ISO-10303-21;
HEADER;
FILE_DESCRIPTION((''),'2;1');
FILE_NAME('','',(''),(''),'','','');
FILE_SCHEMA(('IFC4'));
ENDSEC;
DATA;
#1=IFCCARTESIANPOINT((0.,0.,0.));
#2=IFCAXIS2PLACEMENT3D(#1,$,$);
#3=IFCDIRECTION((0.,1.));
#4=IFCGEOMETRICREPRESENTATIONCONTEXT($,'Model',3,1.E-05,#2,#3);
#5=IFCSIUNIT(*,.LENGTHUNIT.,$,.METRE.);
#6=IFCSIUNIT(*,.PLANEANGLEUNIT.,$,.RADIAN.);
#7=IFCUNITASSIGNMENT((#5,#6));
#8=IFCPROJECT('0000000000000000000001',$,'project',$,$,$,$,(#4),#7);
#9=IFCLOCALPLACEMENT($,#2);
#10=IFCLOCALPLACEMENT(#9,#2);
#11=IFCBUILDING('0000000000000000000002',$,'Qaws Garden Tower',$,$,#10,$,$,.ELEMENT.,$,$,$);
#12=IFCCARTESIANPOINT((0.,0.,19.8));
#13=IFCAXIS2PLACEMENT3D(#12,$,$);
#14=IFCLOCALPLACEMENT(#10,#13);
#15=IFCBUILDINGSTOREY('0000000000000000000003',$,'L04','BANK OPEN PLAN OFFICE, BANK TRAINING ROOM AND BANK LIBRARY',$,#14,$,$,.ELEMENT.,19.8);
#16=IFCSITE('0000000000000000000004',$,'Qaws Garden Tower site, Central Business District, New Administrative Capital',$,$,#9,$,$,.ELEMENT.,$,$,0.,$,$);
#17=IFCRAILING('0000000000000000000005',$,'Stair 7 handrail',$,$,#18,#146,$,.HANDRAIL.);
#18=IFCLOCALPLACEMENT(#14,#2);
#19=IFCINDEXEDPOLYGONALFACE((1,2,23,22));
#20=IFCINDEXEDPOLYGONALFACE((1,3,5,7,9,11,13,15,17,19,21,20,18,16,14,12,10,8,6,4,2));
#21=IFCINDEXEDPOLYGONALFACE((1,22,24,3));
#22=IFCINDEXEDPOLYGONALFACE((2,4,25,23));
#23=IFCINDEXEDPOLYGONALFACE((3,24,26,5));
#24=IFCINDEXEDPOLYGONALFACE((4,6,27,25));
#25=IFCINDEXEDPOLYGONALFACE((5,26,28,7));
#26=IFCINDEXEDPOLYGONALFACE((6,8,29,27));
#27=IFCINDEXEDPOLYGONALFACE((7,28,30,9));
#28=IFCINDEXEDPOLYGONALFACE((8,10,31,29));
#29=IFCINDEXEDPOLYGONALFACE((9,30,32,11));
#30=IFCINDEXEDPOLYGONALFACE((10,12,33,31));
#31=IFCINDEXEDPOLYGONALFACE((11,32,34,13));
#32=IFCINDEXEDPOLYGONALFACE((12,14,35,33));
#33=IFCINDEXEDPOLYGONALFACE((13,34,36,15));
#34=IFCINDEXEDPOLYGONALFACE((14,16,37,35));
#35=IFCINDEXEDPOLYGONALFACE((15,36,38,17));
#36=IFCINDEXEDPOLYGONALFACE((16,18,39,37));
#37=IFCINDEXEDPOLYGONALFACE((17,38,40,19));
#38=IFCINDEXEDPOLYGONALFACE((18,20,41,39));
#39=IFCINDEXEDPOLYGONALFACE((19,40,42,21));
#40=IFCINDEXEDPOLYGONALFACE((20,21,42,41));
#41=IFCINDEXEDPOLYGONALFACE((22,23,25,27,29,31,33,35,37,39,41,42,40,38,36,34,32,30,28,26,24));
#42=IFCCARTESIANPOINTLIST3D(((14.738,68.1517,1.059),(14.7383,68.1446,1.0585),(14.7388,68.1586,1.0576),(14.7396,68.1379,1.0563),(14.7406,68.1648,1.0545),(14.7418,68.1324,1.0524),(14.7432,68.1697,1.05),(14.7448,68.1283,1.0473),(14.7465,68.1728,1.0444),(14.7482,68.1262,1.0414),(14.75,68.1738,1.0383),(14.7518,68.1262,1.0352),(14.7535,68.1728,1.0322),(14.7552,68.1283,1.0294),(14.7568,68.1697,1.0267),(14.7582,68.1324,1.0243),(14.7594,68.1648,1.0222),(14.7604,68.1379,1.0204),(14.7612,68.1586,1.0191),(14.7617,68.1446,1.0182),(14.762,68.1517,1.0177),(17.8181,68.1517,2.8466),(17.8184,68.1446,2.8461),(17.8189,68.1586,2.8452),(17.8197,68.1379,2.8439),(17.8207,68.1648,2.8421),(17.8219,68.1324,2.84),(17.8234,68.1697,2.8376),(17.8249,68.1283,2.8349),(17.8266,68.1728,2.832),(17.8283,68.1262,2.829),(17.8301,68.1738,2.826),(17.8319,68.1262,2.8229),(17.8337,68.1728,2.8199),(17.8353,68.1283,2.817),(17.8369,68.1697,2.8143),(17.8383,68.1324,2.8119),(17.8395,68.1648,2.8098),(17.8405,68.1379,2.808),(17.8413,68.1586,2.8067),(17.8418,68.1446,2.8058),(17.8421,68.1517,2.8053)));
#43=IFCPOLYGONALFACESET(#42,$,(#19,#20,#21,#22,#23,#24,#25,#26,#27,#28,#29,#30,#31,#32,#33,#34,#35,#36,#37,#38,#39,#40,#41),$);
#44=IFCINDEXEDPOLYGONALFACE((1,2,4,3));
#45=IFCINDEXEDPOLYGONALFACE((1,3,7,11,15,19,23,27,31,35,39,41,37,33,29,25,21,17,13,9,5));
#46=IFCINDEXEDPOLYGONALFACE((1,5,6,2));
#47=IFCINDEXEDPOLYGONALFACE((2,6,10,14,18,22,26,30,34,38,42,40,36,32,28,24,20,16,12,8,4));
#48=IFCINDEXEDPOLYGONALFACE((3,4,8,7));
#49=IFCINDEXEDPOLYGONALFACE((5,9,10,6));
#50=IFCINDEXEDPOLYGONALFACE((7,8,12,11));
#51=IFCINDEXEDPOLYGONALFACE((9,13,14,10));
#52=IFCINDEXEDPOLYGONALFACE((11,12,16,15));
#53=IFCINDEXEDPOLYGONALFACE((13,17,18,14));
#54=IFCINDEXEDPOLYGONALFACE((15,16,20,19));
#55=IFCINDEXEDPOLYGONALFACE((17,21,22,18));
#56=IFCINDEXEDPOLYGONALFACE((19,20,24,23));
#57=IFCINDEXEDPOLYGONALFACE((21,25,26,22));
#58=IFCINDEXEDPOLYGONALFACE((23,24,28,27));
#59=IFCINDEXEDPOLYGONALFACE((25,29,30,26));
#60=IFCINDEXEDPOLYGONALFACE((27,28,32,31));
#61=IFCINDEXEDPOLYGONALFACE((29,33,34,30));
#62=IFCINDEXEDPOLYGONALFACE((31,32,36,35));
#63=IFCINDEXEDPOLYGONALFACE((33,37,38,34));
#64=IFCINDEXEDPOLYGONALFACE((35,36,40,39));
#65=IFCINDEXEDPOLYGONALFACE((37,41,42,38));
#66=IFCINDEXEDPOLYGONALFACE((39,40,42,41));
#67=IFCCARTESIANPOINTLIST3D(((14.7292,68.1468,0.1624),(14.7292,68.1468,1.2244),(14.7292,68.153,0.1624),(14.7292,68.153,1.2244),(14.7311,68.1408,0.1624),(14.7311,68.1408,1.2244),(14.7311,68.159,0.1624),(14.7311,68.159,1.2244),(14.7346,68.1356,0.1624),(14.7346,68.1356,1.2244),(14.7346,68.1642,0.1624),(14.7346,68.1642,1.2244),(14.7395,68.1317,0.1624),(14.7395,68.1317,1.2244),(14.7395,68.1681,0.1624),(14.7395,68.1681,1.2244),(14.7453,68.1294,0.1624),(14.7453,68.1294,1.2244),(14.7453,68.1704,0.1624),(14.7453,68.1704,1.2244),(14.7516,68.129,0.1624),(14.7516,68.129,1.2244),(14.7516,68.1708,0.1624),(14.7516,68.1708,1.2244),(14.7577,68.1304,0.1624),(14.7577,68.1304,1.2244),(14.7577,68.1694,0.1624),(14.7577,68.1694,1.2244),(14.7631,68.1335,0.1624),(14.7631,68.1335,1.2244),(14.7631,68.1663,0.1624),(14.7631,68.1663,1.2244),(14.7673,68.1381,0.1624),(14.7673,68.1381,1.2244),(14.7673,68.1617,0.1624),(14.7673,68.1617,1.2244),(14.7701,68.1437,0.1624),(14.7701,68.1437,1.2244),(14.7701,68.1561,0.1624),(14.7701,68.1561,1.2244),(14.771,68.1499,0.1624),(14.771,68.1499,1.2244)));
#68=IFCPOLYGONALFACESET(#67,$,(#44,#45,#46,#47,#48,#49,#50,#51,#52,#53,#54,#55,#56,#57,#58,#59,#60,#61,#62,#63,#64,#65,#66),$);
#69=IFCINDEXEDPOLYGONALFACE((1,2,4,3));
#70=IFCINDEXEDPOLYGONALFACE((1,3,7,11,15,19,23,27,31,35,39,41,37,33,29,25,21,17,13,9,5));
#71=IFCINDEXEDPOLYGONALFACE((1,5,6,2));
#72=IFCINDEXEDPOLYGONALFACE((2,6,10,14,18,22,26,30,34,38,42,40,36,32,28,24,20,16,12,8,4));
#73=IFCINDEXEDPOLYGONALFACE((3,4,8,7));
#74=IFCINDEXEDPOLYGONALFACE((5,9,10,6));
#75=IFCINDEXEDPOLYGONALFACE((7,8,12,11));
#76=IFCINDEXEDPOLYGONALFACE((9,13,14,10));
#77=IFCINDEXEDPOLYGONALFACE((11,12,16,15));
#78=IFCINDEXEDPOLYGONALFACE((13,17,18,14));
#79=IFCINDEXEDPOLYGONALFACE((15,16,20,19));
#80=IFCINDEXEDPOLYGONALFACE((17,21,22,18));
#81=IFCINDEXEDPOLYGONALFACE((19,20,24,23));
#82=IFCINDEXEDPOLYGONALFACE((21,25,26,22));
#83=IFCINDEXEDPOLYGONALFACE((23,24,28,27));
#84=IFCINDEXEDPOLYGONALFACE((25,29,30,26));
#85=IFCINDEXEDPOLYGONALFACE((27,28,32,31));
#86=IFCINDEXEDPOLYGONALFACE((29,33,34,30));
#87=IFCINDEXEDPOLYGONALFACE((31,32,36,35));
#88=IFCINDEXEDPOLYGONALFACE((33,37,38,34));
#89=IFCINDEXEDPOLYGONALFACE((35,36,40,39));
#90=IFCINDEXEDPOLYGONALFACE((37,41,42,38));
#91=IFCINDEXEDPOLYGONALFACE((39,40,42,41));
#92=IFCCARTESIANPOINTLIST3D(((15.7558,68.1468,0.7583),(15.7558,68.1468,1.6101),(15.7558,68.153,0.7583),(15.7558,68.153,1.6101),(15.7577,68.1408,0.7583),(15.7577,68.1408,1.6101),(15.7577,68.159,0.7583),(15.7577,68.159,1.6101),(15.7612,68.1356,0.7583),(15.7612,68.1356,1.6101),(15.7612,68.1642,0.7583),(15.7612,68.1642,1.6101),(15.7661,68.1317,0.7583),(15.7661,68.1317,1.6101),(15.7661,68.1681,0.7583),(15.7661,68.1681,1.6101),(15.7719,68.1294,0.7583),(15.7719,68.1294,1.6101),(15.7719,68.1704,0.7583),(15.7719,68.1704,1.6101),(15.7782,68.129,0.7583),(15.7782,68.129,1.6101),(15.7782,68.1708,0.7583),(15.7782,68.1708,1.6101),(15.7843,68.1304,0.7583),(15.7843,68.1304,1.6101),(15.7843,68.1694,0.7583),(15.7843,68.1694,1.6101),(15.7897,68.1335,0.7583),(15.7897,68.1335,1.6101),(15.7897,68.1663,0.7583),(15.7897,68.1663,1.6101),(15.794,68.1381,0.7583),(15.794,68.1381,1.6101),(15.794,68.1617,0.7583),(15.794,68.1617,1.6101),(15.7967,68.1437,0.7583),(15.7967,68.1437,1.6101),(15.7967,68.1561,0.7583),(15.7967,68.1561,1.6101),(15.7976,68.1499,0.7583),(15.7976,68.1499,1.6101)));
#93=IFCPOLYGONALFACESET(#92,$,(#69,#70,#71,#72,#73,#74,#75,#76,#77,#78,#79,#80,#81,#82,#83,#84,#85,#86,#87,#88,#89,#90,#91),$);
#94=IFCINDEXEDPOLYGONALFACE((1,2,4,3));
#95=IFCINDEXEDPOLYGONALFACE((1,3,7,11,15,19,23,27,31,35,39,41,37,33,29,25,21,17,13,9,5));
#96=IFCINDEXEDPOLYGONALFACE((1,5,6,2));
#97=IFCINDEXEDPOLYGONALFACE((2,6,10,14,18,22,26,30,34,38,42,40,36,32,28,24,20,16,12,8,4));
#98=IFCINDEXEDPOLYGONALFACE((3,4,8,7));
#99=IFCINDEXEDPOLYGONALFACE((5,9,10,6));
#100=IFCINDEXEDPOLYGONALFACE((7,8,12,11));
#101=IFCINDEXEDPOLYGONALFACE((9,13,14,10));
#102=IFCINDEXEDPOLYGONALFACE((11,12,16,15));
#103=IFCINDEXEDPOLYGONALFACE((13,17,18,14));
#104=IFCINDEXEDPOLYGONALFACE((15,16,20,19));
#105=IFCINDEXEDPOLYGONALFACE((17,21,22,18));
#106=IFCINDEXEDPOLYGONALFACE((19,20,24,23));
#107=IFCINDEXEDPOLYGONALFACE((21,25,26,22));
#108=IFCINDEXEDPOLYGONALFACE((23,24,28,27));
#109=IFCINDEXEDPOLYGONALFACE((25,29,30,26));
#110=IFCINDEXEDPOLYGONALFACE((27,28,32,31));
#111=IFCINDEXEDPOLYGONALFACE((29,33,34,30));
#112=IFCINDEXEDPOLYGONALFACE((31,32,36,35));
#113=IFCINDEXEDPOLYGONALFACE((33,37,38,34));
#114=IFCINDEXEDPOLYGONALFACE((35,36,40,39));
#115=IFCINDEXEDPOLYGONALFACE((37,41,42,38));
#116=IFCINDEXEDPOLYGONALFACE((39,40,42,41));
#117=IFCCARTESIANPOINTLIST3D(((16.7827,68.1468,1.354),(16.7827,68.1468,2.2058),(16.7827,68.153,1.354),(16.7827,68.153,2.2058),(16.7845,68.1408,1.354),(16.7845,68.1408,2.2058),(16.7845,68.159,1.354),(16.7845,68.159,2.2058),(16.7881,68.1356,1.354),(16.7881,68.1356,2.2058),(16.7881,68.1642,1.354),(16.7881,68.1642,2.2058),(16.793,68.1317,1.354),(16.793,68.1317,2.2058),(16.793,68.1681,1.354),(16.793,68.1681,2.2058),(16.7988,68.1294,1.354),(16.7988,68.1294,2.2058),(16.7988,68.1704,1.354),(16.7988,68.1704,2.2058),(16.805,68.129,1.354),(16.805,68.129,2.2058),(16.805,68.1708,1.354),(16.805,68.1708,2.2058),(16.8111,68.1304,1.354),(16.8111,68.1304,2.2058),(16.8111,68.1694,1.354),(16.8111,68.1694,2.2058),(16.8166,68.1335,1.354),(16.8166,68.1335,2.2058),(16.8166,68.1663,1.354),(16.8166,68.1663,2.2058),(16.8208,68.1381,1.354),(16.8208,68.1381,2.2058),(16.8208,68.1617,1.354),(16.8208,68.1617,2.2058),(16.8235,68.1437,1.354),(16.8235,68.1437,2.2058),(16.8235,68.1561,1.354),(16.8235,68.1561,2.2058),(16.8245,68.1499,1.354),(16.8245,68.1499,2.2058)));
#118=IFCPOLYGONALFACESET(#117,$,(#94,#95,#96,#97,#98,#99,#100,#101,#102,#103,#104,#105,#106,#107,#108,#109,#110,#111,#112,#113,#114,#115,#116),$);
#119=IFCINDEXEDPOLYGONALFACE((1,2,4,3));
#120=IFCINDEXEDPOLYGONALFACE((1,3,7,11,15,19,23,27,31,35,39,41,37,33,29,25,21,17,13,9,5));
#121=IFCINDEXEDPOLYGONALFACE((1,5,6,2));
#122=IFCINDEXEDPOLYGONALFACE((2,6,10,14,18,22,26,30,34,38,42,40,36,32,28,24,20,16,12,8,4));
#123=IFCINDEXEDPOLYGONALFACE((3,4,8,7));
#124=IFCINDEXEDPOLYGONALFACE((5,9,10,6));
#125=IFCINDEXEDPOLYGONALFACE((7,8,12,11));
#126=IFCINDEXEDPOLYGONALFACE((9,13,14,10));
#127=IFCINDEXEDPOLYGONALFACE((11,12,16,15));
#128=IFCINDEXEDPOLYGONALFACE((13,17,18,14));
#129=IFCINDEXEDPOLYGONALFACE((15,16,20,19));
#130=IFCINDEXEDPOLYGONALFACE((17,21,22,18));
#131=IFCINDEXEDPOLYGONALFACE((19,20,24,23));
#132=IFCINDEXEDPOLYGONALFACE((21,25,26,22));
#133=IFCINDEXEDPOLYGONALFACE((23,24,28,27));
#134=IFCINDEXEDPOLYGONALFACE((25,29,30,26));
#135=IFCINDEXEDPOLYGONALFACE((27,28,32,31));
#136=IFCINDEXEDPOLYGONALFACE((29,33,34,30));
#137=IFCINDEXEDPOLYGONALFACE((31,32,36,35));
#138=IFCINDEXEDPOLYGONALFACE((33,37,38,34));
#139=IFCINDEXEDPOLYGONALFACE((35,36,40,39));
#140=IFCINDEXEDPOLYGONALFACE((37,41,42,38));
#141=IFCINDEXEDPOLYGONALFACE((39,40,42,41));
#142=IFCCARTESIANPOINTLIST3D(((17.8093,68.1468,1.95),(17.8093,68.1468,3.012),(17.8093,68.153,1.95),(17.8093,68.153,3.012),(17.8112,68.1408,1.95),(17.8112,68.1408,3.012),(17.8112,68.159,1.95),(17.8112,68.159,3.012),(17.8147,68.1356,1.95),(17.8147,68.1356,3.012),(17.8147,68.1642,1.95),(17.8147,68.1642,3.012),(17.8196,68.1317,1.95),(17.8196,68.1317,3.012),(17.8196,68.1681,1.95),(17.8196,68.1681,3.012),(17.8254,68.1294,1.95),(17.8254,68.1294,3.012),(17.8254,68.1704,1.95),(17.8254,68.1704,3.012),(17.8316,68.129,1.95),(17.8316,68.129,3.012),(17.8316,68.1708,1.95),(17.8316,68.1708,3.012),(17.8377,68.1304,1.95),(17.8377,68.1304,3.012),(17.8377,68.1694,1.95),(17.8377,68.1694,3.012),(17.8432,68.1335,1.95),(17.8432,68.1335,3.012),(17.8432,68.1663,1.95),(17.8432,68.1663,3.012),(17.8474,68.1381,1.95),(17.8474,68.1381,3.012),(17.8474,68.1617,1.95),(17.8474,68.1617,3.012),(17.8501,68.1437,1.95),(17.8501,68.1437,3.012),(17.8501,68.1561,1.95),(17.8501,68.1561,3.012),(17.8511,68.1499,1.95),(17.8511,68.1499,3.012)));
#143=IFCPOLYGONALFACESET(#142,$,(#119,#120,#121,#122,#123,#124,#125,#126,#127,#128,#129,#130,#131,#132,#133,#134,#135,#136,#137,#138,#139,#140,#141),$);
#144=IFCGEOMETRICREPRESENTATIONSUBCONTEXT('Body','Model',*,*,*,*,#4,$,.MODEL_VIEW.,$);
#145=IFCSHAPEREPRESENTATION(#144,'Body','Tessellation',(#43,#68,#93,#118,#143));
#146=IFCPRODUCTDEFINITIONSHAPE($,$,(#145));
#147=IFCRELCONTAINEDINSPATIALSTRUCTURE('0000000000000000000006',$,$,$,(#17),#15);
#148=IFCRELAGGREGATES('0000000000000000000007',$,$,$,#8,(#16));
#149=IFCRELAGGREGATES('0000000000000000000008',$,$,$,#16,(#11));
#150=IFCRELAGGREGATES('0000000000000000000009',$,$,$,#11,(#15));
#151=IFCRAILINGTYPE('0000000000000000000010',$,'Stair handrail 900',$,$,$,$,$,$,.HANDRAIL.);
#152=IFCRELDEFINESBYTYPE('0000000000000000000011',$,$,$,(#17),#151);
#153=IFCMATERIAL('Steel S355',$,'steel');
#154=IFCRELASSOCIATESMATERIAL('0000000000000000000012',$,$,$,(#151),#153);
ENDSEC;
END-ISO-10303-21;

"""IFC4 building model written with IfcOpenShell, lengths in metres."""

from ifc_helpers import new_model, si_unit, direction, frame, origin, origin_2d, place, context, subcontext, project, spatial, circle, extrude, material, type_object, element, save


model = new_model("IFC4")

# Units and contexts
model_context = context("Model", 3, precision=1e-05, world=origin(), true_north=direction((0.0, 1.0)))
body_context = subcontext(model_context, "Body", "Model", "MODEL_VIEW")
ifc_project = project(units=[si_unit("LENGTHUNIT", "METRE"), si_unit("PLANEANGLEUNIT", "RADIAN")], contexts=[model_context])

# Site, building, storey
site_placement = place(None, origin())
site = spatial("IfcSite", under=ifc_project, at=site_placement, Name="Qaws Garden Tower site, Central Business District, New Administrative Capital", CompositionType="ELEMENT", RefElevation=0.0)
building_placement = place(site_placement, origin())
building = spatial("IfcBuilding", under=site, at=building_placement, Name="Qaws Garden Tower", CompositionType="ELEMENT")
storey_placement = place(building_placement, frame((0.0, 0.0, 19.8)))
storey = spatial("IfcBuildingStorey", under=building, at=storey_placement, Name="L04", Description="BANK OPEN PLAN OFFICE, BANK TRAINING ROOM AND BANK LIBRARY", CompositionType="ELEMENT", Elevation=19.8)

# Railing
ifc_material_1 = material(Name="Steel S355", Category="steel")
railing_type = type_object("IfcRailingType", Name="Stair handrail 900", PredefinedType="HANDRAIL", material=ifc_material_1)
railing_1_placement = place(storey_placement, frame((14.75, 68.1499, 0.1624)))
element("IfcRailing", 1, at=railing_1_placement, inside=storey, type_object=railing_type, Name="Stair 7 handrail", PredefinedType="HANDRAIL", context=body_context, shape_type="SweptSolid", body=[
    extrude(circle(Radius=0.0239, at=origin_2d()), frame((0.0, 0.0, 0.876), z_axis=(0.864891, 0.0, 0.50196), x_axis=(0.0, 1.0, 0.0)), (0.0, 0.0, 1.0), 3.5613),
    extrude(circle(Radius=0.021, at=origin_2d()), origin(), (0.0, 0.0, 1.0), 1.062),
    extrude(circle(Radius=0.021, at=origin_2d()), frame((1.0266, 0.0, 0.5959)), (0.0, 0.0, 1.0), 0.8518),
    extrude(circle(Radius=0.021, at=origin_2d()), frame((2.0535, 0.0, 1.1917)), (0.0, 0.0, 1.0), 0.8518),
    extrude(circle(Radius=0.021, at=origin_2d()), frame((3.0801, 0.0, 1.7876)), (0.0, 0.0, 1.0), 1.062),
])

save(model, "model.ifc")
